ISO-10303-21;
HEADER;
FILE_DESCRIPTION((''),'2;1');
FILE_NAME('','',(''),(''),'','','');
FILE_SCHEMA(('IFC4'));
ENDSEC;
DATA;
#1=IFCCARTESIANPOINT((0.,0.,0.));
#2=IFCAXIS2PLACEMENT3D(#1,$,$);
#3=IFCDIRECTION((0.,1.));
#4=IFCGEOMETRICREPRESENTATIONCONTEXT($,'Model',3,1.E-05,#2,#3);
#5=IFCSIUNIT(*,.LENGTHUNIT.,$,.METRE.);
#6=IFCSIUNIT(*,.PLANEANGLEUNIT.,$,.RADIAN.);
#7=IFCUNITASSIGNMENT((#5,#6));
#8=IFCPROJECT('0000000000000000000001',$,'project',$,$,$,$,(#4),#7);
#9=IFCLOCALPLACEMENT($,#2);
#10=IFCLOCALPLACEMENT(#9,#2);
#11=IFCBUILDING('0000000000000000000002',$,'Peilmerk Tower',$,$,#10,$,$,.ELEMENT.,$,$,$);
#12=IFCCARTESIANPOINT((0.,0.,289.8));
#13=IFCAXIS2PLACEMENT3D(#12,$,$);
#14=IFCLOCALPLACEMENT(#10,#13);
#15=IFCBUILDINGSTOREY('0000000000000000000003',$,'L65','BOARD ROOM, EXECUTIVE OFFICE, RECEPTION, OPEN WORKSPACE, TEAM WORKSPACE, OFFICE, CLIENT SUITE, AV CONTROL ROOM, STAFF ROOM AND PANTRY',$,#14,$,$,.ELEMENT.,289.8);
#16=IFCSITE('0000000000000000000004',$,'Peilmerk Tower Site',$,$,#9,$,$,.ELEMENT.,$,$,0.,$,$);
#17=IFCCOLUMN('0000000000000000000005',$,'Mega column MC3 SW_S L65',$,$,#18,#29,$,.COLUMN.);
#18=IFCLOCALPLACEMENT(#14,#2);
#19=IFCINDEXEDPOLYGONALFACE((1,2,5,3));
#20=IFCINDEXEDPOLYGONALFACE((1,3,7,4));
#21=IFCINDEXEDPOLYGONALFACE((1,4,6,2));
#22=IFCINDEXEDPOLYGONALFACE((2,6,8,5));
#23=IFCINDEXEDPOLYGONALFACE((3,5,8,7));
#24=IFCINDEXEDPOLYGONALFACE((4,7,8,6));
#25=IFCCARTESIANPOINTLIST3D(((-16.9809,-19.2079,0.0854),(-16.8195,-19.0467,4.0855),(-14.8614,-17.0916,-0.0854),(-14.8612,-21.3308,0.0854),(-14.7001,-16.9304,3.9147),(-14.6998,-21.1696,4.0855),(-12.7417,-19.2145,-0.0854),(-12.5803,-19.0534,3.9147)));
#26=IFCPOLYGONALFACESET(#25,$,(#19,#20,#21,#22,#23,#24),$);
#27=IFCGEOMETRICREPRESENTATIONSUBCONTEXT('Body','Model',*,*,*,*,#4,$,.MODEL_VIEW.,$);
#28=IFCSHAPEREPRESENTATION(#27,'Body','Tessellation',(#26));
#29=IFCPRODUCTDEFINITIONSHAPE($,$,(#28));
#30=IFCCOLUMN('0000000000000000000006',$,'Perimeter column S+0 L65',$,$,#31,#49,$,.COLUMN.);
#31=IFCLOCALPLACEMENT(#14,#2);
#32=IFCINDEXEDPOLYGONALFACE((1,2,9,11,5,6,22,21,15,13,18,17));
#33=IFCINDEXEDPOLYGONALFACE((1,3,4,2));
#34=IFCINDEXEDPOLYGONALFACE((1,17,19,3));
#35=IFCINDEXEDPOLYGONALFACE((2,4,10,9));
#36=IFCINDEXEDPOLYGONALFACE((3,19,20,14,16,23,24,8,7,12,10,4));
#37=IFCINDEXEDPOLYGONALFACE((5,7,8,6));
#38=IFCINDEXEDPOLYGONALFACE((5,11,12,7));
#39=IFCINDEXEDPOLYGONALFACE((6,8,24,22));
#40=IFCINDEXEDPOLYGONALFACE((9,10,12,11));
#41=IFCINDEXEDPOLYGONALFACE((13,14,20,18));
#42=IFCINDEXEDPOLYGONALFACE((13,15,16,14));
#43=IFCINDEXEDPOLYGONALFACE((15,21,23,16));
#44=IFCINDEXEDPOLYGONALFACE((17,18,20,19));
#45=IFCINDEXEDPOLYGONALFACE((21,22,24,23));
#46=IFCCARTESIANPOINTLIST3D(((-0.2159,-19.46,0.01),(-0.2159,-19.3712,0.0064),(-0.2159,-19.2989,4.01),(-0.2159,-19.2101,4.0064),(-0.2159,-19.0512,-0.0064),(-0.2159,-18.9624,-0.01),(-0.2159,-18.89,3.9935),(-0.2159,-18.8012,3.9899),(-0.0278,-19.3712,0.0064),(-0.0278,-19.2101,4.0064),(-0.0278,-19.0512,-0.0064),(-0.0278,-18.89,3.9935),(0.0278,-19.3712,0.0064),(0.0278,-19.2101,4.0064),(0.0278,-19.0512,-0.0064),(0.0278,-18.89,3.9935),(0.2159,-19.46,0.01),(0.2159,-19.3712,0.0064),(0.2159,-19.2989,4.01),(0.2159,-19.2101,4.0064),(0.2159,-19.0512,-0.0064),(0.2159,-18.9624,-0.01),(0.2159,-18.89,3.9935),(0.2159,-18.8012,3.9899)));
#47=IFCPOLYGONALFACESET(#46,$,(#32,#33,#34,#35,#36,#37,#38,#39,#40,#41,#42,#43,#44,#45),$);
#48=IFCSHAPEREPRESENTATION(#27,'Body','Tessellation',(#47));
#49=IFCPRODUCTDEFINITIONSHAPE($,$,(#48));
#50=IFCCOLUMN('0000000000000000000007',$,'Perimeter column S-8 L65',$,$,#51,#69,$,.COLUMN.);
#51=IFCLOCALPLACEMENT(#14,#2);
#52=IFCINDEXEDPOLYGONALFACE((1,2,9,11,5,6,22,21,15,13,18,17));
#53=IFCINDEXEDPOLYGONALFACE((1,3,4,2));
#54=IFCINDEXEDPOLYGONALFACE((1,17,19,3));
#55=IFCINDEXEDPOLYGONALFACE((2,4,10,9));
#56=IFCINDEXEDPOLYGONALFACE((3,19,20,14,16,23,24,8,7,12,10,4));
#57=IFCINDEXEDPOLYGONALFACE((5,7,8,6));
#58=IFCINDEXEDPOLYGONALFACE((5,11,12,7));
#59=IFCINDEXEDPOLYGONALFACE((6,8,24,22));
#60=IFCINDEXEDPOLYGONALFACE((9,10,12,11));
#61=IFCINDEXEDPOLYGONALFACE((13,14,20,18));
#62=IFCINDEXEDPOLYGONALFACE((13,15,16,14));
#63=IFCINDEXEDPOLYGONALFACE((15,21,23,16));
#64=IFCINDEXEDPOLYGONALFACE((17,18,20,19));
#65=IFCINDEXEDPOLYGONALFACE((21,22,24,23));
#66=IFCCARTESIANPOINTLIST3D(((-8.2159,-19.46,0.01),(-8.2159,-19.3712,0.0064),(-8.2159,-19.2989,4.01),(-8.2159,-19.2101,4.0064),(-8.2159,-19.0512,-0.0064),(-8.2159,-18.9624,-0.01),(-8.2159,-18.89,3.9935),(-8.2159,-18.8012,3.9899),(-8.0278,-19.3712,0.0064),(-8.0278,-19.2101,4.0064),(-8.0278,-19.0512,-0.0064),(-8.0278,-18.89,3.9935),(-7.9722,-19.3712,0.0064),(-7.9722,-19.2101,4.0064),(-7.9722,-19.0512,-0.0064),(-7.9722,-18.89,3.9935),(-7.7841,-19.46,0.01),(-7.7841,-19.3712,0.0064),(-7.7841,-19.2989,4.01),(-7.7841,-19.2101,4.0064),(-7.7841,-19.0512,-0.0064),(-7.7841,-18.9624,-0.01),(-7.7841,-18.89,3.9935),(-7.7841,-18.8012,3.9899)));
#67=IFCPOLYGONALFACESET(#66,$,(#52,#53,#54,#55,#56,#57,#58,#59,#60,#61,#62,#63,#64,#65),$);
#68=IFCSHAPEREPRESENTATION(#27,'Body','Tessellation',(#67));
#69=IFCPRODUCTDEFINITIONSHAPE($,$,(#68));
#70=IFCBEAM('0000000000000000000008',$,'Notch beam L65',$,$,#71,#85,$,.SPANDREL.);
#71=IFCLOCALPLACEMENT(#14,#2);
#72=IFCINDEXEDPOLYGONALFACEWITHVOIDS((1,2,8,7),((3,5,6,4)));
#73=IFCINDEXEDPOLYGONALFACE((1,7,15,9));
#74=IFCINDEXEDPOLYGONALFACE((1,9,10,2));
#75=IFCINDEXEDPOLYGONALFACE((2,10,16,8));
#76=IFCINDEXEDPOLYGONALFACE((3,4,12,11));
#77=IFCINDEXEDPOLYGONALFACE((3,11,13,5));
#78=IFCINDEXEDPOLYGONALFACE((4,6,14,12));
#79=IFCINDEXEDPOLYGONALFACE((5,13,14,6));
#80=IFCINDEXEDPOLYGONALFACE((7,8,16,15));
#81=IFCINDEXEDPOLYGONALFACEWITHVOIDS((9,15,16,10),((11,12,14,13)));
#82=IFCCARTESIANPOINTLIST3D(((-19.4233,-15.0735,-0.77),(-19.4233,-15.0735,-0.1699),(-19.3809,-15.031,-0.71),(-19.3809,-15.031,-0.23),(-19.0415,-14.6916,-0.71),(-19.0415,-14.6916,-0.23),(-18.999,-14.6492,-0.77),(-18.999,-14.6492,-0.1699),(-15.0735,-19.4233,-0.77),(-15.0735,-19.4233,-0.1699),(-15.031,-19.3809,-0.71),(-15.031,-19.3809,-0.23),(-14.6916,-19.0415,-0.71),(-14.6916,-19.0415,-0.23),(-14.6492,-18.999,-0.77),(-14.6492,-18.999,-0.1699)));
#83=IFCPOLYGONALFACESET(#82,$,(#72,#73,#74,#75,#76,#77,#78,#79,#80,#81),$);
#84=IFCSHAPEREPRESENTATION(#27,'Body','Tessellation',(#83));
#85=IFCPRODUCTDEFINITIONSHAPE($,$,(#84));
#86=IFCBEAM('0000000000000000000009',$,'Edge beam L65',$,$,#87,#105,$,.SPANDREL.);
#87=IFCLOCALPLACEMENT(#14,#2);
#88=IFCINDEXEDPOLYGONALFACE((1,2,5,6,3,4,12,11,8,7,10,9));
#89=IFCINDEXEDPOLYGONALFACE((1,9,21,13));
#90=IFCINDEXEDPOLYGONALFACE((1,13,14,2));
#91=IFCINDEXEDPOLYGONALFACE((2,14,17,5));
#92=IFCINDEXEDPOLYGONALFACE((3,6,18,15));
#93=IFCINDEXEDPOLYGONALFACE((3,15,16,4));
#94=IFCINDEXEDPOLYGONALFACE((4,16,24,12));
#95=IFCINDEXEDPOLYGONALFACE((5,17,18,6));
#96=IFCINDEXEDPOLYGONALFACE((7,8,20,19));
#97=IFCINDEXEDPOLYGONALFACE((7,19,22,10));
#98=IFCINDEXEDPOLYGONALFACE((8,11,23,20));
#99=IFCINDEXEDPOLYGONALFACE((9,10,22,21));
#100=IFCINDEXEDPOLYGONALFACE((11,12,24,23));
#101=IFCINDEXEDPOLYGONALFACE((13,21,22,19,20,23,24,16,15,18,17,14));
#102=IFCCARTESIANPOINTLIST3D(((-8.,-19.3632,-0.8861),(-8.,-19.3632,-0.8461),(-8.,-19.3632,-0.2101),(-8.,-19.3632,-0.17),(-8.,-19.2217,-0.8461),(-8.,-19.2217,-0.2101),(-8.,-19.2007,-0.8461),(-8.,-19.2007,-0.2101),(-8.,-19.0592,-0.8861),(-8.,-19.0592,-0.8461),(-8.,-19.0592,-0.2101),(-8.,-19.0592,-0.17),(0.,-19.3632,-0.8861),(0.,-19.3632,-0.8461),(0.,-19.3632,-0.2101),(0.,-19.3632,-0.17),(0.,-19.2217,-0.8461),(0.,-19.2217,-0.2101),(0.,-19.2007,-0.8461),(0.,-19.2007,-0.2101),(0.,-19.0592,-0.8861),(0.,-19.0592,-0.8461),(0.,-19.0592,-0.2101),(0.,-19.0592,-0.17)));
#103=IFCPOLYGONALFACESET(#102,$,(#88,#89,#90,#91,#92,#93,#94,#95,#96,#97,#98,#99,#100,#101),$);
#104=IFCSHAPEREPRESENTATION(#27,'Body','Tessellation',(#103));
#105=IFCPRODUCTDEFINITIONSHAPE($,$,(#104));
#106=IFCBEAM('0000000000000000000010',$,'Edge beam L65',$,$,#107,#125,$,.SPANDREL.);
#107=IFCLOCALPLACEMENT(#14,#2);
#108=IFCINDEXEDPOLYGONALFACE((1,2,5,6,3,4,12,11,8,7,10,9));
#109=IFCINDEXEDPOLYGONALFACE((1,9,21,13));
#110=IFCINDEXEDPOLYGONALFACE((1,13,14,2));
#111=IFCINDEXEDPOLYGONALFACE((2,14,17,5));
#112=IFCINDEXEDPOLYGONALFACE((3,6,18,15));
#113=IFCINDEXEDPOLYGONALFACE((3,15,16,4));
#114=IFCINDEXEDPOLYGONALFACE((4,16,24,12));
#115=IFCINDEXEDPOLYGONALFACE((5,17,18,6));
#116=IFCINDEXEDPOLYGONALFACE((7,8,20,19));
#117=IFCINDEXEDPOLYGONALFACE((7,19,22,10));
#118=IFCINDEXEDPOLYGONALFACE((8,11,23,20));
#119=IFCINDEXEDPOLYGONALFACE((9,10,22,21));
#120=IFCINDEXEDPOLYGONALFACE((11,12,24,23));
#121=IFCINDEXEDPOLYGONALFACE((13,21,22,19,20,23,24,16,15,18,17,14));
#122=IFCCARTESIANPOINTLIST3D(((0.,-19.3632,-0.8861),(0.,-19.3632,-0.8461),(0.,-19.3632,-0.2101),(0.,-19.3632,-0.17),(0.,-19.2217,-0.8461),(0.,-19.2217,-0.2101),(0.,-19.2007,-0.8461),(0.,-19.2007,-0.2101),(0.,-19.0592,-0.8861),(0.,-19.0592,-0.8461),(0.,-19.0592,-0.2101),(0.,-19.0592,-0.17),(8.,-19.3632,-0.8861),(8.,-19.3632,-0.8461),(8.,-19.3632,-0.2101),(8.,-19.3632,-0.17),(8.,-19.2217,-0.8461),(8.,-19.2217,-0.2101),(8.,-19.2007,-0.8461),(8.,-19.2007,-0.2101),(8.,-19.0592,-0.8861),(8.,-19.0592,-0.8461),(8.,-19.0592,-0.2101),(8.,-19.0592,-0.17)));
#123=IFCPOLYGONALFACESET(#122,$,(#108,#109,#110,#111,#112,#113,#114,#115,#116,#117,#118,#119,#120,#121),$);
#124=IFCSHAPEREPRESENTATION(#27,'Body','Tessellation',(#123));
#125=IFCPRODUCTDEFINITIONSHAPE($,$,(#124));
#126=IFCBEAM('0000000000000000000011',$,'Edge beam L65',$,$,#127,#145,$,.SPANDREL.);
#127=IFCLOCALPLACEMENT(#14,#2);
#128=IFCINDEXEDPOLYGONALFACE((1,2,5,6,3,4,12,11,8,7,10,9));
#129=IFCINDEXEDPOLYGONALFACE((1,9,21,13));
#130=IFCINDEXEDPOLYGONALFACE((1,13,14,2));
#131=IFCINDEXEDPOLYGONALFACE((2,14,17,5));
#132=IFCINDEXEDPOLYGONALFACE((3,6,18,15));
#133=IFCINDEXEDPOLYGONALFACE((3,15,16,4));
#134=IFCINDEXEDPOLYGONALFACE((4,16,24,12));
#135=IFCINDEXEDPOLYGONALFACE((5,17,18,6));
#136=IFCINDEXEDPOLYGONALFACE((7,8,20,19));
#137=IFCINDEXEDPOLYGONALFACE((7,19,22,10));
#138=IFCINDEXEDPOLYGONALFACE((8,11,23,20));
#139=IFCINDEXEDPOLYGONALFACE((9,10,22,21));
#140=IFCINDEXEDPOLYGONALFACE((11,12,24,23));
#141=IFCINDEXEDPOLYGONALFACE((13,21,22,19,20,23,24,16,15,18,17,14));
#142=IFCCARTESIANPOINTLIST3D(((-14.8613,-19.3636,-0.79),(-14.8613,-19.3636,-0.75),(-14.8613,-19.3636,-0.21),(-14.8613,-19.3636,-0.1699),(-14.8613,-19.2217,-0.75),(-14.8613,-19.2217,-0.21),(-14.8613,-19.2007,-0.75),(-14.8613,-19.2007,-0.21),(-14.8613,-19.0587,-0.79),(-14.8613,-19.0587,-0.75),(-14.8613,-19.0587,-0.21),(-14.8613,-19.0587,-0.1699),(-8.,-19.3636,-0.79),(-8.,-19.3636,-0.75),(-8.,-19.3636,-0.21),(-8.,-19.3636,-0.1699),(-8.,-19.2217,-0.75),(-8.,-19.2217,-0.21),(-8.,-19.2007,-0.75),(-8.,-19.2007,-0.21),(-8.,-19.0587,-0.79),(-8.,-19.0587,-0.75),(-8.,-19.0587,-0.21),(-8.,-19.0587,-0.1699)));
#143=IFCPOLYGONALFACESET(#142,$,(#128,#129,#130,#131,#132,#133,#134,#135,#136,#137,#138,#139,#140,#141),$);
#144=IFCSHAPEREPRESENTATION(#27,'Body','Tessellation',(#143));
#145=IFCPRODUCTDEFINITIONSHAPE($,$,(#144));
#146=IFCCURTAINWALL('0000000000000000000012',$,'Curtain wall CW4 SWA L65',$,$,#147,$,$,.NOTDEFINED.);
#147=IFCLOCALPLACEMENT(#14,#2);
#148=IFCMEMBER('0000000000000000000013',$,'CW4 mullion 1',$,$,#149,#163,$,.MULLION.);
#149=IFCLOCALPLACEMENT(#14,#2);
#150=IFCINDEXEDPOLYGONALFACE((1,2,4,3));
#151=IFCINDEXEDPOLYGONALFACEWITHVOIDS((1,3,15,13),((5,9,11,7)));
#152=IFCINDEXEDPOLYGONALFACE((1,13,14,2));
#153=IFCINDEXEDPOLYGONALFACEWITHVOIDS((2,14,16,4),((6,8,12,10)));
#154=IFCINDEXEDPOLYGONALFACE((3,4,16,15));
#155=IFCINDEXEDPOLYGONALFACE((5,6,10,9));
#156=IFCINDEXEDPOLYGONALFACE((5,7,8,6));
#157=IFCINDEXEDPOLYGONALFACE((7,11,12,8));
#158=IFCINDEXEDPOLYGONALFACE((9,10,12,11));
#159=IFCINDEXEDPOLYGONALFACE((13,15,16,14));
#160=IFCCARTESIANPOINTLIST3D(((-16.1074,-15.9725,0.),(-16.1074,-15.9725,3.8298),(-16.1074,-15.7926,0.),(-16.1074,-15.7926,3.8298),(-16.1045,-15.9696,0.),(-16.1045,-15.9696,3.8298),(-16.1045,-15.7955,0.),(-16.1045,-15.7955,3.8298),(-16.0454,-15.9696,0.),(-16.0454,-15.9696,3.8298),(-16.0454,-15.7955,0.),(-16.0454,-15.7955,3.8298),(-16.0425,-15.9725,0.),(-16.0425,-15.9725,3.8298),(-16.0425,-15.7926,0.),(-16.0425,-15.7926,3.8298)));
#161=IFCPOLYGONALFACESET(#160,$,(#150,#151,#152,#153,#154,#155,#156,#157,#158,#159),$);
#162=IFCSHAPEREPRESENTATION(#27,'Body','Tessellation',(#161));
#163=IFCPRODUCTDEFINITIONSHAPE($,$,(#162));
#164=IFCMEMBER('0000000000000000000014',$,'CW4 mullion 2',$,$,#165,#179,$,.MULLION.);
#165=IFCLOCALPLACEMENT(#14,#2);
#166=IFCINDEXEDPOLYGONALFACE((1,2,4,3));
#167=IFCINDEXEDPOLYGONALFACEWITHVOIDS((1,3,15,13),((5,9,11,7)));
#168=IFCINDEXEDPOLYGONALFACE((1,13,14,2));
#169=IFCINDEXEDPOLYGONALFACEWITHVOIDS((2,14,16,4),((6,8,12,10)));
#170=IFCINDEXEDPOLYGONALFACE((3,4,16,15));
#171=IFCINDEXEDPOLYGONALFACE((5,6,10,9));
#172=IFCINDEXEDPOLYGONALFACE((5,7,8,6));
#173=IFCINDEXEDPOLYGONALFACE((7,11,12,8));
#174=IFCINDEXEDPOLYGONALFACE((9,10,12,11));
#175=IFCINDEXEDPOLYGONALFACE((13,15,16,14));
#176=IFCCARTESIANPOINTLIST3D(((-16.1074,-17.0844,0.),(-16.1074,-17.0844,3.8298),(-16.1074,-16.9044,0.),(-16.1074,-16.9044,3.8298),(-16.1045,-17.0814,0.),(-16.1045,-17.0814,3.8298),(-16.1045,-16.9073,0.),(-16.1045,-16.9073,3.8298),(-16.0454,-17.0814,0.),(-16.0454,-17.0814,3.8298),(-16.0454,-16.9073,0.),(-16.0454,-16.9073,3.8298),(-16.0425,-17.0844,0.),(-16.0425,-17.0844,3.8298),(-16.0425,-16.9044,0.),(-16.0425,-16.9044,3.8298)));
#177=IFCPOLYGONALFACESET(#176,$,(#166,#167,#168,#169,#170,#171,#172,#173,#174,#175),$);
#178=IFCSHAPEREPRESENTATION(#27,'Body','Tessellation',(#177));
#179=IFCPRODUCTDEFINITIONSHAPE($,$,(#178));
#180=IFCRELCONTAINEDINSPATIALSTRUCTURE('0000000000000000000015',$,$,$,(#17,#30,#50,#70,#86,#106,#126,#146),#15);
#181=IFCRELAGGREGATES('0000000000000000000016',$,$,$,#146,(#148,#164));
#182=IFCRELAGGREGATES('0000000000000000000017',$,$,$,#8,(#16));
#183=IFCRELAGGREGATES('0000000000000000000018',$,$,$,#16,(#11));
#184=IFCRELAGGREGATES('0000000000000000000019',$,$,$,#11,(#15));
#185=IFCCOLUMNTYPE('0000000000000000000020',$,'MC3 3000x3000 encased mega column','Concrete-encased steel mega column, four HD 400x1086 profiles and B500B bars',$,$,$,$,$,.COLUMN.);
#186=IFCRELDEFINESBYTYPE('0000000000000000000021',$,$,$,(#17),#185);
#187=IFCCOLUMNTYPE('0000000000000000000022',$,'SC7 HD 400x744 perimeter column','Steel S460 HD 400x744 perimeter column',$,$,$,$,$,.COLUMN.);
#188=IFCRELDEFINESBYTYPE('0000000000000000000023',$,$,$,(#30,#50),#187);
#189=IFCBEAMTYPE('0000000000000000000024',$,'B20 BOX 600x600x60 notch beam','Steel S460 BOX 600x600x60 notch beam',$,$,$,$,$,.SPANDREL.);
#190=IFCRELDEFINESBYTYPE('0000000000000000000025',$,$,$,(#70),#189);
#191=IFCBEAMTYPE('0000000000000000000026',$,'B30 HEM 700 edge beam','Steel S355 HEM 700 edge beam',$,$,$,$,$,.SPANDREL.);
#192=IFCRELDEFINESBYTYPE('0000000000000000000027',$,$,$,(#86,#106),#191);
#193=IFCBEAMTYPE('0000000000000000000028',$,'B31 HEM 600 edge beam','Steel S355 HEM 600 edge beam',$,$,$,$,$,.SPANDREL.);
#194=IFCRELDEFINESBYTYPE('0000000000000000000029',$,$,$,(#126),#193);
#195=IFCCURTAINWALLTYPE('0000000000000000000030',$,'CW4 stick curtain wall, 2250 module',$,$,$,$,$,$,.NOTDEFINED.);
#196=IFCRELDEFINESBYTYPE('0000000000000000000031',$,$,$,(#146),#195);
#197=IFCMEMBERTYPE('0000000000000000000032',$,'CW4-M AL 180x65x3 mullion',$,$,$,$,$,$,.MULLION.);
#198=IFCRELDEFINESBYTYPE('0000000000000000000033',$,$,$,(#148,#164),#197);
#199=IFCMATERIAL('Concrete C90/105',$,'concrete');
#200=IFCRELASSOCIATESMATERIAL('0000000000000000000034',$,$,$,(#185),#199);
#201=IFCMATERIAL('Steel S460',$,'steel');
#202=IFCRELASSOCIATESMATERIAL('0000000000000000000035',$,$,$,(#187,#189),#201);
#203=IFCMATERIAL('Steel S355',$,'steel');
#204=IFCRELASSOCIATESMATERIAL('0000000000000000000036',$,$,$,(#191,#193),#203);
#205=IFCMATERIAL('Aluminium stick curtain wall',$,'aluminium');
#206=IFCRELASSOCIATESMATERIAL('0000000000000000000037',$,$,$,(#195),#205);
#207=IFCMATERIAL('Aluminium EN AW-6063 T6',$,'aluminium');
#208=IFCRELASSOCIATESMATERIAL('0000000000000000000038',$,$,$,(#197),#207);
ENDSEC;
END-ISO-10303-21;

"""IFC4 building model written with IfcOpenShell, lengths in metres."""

from ifc_helpers import new_model, si_unit, direction, frame, origin, origin_2d, place, context, subcontext, project, spatial, rectangle, hollow_rectangle, i_section, extrude, material, material_profile, profile_set, type_object, element, aggregate, save


model = new_model("IFC4")

# Units and contexts
model_context = context("Model", 3, precision=1e-05, world=origin(), true_north=direction((0.0, 1.0)))
body_context = subcontext(model_context, "Body", "Model", "MODEL_VIEW")
ifc_project = project(units=[si_unit("LENGTHUNIT", "METRE"), si_unit("PLANEANGLEUNIT", "RADIAN")], contexts=[model_context])

# Site, building, storey
site_placement = place(None, origin())
site = spatial("IfcSite", under=ifc_project, at=site_placement, Name="Peilmerk Tower Site", CompositionType="ELEMENT", RefElevation=0.0)
building_placement = place(site_placement, origin())
building = spatial("IfcBuilding", under=site, at=building_placement, Name="Peilmerk Tower", CompositionType="ELEMENT")
storey_placement = place(building_placement, frame((0.0, 0.0, 289.8)))
storey = spatial("IfcBuildingStorey", under=building, at=storey_placement, Name="L65", Description="BOARD ROOM, EXECUTIVE OFFICE, RECEPTION, OPEN WORKSPACE, TEAM WORKSPACE, OFFICE, CLIENT SUITE, AV CONTROL ROOM, STAFF ROOM AND PANTRY", CompositionType="ELEMENT", Elevation=289.8)

# Columns
ifc_material_1 = material(Name="Concrete C90/105", Category="concrete")
ifc_material_profile_1 = material_profile(ifc_material_1, rectangle(XDim=3.0, YDim=3.0, at=origin_2d()), Name="RC 3000x3000")
ifc_profile_set_1 = profile_set([ifc_material_profile_1], Name="Concrete C90/105")
column_type_1 = type_object("IfcColumnType", Name="MC3 3000x3000 encased mega column", Description="Concrete-encased steel mega column, four HD 400x1086 profiles and B500B bars", PredefinedType="COLUMN", material=ifc_profile_set_1)
column_placement = place(storey_placement, frame((-14.8613, -19.2112, 0.0), z_axis=(0.040279, 0.040218, 0.998379), x_axis=(-0.706571, 0.707642, 0.0)))
element("IfcColumn", 1, at=column_placement, inside=storey, type_object=column_type_1, Name="Mega column MC3 SW_S L65", PredefinedType="COLUMN", context=body_context, shape_type="SweptSolid", body=[
    extrude(rectangle(XDim=3.0, YDim=3.0, at=origin_2d()), origin(), (0.0, 0.0, 1.0), 4.0066),
])
ifc_material_2 = material(Name="Steel S460", Category="steel")
ifc_material_profile_2 = material_profile(ifc_material_2, i_section(OverallWidth=0.4319, OverallDepth=0.498, WebThickness=0.0557, FlangeThickness=0.0889, at=origin_2d()), Name="HD 400x744")
ifc_profile_set_2 = profile_set([ifc_material_profile_2], Name="Steel S460")
column_type_2 = type_object("IfcColumnType", Name="SC7 HD 400x744 perimeter column", Description="Steel S460 HD 400x744 perimeter column", PredefinedType="COLUMN", material=ifc_profile_set_2)
for number, where, z_axis, x_axis, name in (
    (2, (0.0, -19.2112, 0.0), (0.0, 0.040251, 0.99919), (-1.0, 0.0, 0.0), "Perimeter column S+0 L65"),
    (3, (-8.0, -19.2112, 0.0), (0.0, 0.040251, 0.99919), (-1.0, 0.0, 0.0), "Perimeter column S-8 L65"),
):
    element("IfcColumn", number, at=place(storey_placement, frame(where, z_axis=z_axis, x_axis=x_axis)), inside=storey, type_object=column_type_2, Name=name, PredefinedType="COLUMN", context=body_context, shape_type="SweptSolid", body=[
        extrude(i_section(OverallWidth=0.4319, OverallDepth=0.498, WebThickness=0.0557, FlangeThickness=0.0889, at=origin_2d()), origin(), (0.0, 0.0, 1.0), 4.0032),
    ])

# Beams
ifc_material_profile_3 = material_profile(ifc_material_2, hollow_rectangle(XDim=0.6001, YDim=0.6001, WallThickness=0.0601, at=origin_2d()), Name="BOX 600x600x60")
ifc_profile_set_3 = profile_set([ifc_material_profile_3], Name="Steel S460")
beam_type_1 = type_object("IfcBeamType", Name="B20 BOX 600x600x60 notch beam", Description="Steel S460 BOX 600x600x60 notch beam", PredefinedType="SPANDREL", material=ifc_profile_set_3)
beam_1_placement = place(storey_placement, frame((-14.8613, -19.2112, -0.47), z_axis=(-0.707107, 0.707107, 0.0), x_axis=(-0.707107, -0.707107, 0.0)))
element("IfcBeam", 4, at=beam_1_placement, inside=storey, type_object=beam_type_1, Name="Notch beam L65", PredefinedType="SPANDREL", context=body_context, shape_type="SweptSolid", body=[
    extrude(hollow_rectangle(XDim=0.6001, YDim=0.6001, WallThickness=0.0601, at=origin_2d()), origin(), (0.0, 0.0, 1.0), 6.1516),
])
ifc_material_3 = material(Name="Steel S355", Category="steel")
ifc_material_profile_4 = material_profile(ifc_material_3, i_section(OverallWidth=0.304, OverallDepth=0.7161, WebThickness=0.021, FlangeThickness=0.04, at=origin_2d()), Name="HEM 700")
ifc_profile_set_4 = profile_set([ifc_material_profile_4], Name="Steel S355")
beam_type_2 = type_object("IfcBeamType", Name="B30 HEM 700 edge beam", Description="Steel S355 HEM 700 edge beam", PredefinedType="SPANDREL", material=ifc_profile_set_4)
for number, where, z_axis, x_axis, name in (
    (5, (-8.0, -19.2112, -0.5281), (1.0, 0.0, 0.0), (0.0, 1.0, 0.0), "Edge beam L65"),
    (6, (0.0, -19.2112, -0.5281), (1.0, 0.0, 0.0), (0.0, 1.0, 0.0), "Edge beam L65"),
):
    element("IfcBeam", number, at=place(storey_placement, frame(where, z_axis=z_axis, x_axis=x_axis)), inside=storey, type_object=beam_type_2, Name=name, PredefinedType="SPANDREL", context=body_context, shape_type="SweptSolid", body=[
        extrude(i_section(OverallWidth=0.304, OverallDepth=0.7161, WebThickness=0.021, FlangeThickness=0.04, at=origin_2d()), origin(), (0.0, 0.0, 1.0), 8.0),
    ])
ifc_material_profile_5 = material_profile(ifc_material_3, i_section(OverallWidth=0.3049, OverallDepth=0.6201, WebThickness=0.021, FlangeThickness=0.04, at=origin_2d()), Name="HEM 600")
ifc_profile_set_5 = profile_set([ifc_material_profile_5], Name="Steel S355")
beam_type_3 = type_object("IfcBeamType", Name="B31 HEM 600 edge beam", Description="Steel S355 HEM 600 edge beam", PredefinedType="SPANDREL", material=ifc_profile_set_5)
beam_2_placement = place(storey_placement, frame((-14.8613, -19.2112, -0.48), z_axis=(1.0, 0.0, 0.0), x_axis=(0.0, 1.0, 0.0)))
element("IfcBeam", 7, at=beam_2_placement, inside=storey, type_object=beam_type_3, Name="Edge beam L65", PredefinedType="SPANDREL", context=body_context, shape_type="SweptSolid", body=[
    extrude(i_section(OverallWidth=0.3049, OverallDepth=0.6201, WebThickness=0.021, FlangeThickness=0.04, at=origin_2d()), origin(), (0.0, 0.0, 1.0), 6.8613),
])

# Curtain wall, members
ifc_material_4 = material(Name="Aluminium stick curtain wall", Category="aluminium")
curtain_wall_type = type_object("IfcCurtainWallType", Name="CW4 stick curtain wall, 2250 module", PredefinedType="NOTDEFINED", material=ifc_material_4)
curtain_wall_placement = place(storey_placement, origin())
curtain_wall = element("IfcCurtainWall", 8, at=curtain_wall_placement, inside=storey, type_object=curtain_wall_type, Name="Curtain wall CW4 SWA L65", PredefinedType="NOTDEFINED")
ifc_material_5 = material(Name="Aluminium EN AW-6063 T6", Category="aluminium")
ifc_material_profile_6 = material_profile(ifc_material_5, hollow_rectangle(XDim=0.0649, YDim=0.1799, WallThickness=0.0029, at=origin_2d()), Name="AL 180x65x3")
ifc_profile_set_6 = profile_set([ifc_material_profile_6], Name="Aluminium EN AW-6063 T6")
member_type_1 = type_object("IfcMemberType", Name="CW4-M AL 180x65x3 mullion", PredefinedType="MULLION", material=ifc_profile_set_6)
member_1_placement = place(storey_placement, frame((-16.075, -15.8826, 0.0), z_axis=(0.0, 0.0, 1.0), x_axis=(1.0, 0.0, 0.0)))
member_1 = element("IfcMember", 9, at=member_1_placement, type_object=member_type_1, Name="CW4 mullion 1", PredefinedType="MULLION", context=body_context, shape_type="SweptSolid", body=[
    extrude(hollow_rectangle(XDim=0.0649, YDim=0.1799, WallThickness=0.0029, at=origin_2d()), origin(), (0.0, 0.0, 1.0), 3.8298),
])
member_2_placement = place(storey_placement, frame((-16.075, -16.9944, 0.0), z_axis=(0.0, 0.0, 1.0), x_axis=(1.0, 0.0, 0.0)))
member_2 = element("IfcMember", 10, at=member_2_placement, type_object=member_type_1, Name="CW4 mullion 2", PredefinedType="MULLION", context=body_context, shape_type="SweptSolid", body=[
    extrude(hollow_rectangle(XDim=0.0649, YDim=0.1799, WallThickness=0.0029, at=origin_2d()), origin(), (0.0, 0.0, 1.0), 3.8298),
])
aggregate(curtain_wall, [member_1, member_2])

save(model, "model.ifc")
